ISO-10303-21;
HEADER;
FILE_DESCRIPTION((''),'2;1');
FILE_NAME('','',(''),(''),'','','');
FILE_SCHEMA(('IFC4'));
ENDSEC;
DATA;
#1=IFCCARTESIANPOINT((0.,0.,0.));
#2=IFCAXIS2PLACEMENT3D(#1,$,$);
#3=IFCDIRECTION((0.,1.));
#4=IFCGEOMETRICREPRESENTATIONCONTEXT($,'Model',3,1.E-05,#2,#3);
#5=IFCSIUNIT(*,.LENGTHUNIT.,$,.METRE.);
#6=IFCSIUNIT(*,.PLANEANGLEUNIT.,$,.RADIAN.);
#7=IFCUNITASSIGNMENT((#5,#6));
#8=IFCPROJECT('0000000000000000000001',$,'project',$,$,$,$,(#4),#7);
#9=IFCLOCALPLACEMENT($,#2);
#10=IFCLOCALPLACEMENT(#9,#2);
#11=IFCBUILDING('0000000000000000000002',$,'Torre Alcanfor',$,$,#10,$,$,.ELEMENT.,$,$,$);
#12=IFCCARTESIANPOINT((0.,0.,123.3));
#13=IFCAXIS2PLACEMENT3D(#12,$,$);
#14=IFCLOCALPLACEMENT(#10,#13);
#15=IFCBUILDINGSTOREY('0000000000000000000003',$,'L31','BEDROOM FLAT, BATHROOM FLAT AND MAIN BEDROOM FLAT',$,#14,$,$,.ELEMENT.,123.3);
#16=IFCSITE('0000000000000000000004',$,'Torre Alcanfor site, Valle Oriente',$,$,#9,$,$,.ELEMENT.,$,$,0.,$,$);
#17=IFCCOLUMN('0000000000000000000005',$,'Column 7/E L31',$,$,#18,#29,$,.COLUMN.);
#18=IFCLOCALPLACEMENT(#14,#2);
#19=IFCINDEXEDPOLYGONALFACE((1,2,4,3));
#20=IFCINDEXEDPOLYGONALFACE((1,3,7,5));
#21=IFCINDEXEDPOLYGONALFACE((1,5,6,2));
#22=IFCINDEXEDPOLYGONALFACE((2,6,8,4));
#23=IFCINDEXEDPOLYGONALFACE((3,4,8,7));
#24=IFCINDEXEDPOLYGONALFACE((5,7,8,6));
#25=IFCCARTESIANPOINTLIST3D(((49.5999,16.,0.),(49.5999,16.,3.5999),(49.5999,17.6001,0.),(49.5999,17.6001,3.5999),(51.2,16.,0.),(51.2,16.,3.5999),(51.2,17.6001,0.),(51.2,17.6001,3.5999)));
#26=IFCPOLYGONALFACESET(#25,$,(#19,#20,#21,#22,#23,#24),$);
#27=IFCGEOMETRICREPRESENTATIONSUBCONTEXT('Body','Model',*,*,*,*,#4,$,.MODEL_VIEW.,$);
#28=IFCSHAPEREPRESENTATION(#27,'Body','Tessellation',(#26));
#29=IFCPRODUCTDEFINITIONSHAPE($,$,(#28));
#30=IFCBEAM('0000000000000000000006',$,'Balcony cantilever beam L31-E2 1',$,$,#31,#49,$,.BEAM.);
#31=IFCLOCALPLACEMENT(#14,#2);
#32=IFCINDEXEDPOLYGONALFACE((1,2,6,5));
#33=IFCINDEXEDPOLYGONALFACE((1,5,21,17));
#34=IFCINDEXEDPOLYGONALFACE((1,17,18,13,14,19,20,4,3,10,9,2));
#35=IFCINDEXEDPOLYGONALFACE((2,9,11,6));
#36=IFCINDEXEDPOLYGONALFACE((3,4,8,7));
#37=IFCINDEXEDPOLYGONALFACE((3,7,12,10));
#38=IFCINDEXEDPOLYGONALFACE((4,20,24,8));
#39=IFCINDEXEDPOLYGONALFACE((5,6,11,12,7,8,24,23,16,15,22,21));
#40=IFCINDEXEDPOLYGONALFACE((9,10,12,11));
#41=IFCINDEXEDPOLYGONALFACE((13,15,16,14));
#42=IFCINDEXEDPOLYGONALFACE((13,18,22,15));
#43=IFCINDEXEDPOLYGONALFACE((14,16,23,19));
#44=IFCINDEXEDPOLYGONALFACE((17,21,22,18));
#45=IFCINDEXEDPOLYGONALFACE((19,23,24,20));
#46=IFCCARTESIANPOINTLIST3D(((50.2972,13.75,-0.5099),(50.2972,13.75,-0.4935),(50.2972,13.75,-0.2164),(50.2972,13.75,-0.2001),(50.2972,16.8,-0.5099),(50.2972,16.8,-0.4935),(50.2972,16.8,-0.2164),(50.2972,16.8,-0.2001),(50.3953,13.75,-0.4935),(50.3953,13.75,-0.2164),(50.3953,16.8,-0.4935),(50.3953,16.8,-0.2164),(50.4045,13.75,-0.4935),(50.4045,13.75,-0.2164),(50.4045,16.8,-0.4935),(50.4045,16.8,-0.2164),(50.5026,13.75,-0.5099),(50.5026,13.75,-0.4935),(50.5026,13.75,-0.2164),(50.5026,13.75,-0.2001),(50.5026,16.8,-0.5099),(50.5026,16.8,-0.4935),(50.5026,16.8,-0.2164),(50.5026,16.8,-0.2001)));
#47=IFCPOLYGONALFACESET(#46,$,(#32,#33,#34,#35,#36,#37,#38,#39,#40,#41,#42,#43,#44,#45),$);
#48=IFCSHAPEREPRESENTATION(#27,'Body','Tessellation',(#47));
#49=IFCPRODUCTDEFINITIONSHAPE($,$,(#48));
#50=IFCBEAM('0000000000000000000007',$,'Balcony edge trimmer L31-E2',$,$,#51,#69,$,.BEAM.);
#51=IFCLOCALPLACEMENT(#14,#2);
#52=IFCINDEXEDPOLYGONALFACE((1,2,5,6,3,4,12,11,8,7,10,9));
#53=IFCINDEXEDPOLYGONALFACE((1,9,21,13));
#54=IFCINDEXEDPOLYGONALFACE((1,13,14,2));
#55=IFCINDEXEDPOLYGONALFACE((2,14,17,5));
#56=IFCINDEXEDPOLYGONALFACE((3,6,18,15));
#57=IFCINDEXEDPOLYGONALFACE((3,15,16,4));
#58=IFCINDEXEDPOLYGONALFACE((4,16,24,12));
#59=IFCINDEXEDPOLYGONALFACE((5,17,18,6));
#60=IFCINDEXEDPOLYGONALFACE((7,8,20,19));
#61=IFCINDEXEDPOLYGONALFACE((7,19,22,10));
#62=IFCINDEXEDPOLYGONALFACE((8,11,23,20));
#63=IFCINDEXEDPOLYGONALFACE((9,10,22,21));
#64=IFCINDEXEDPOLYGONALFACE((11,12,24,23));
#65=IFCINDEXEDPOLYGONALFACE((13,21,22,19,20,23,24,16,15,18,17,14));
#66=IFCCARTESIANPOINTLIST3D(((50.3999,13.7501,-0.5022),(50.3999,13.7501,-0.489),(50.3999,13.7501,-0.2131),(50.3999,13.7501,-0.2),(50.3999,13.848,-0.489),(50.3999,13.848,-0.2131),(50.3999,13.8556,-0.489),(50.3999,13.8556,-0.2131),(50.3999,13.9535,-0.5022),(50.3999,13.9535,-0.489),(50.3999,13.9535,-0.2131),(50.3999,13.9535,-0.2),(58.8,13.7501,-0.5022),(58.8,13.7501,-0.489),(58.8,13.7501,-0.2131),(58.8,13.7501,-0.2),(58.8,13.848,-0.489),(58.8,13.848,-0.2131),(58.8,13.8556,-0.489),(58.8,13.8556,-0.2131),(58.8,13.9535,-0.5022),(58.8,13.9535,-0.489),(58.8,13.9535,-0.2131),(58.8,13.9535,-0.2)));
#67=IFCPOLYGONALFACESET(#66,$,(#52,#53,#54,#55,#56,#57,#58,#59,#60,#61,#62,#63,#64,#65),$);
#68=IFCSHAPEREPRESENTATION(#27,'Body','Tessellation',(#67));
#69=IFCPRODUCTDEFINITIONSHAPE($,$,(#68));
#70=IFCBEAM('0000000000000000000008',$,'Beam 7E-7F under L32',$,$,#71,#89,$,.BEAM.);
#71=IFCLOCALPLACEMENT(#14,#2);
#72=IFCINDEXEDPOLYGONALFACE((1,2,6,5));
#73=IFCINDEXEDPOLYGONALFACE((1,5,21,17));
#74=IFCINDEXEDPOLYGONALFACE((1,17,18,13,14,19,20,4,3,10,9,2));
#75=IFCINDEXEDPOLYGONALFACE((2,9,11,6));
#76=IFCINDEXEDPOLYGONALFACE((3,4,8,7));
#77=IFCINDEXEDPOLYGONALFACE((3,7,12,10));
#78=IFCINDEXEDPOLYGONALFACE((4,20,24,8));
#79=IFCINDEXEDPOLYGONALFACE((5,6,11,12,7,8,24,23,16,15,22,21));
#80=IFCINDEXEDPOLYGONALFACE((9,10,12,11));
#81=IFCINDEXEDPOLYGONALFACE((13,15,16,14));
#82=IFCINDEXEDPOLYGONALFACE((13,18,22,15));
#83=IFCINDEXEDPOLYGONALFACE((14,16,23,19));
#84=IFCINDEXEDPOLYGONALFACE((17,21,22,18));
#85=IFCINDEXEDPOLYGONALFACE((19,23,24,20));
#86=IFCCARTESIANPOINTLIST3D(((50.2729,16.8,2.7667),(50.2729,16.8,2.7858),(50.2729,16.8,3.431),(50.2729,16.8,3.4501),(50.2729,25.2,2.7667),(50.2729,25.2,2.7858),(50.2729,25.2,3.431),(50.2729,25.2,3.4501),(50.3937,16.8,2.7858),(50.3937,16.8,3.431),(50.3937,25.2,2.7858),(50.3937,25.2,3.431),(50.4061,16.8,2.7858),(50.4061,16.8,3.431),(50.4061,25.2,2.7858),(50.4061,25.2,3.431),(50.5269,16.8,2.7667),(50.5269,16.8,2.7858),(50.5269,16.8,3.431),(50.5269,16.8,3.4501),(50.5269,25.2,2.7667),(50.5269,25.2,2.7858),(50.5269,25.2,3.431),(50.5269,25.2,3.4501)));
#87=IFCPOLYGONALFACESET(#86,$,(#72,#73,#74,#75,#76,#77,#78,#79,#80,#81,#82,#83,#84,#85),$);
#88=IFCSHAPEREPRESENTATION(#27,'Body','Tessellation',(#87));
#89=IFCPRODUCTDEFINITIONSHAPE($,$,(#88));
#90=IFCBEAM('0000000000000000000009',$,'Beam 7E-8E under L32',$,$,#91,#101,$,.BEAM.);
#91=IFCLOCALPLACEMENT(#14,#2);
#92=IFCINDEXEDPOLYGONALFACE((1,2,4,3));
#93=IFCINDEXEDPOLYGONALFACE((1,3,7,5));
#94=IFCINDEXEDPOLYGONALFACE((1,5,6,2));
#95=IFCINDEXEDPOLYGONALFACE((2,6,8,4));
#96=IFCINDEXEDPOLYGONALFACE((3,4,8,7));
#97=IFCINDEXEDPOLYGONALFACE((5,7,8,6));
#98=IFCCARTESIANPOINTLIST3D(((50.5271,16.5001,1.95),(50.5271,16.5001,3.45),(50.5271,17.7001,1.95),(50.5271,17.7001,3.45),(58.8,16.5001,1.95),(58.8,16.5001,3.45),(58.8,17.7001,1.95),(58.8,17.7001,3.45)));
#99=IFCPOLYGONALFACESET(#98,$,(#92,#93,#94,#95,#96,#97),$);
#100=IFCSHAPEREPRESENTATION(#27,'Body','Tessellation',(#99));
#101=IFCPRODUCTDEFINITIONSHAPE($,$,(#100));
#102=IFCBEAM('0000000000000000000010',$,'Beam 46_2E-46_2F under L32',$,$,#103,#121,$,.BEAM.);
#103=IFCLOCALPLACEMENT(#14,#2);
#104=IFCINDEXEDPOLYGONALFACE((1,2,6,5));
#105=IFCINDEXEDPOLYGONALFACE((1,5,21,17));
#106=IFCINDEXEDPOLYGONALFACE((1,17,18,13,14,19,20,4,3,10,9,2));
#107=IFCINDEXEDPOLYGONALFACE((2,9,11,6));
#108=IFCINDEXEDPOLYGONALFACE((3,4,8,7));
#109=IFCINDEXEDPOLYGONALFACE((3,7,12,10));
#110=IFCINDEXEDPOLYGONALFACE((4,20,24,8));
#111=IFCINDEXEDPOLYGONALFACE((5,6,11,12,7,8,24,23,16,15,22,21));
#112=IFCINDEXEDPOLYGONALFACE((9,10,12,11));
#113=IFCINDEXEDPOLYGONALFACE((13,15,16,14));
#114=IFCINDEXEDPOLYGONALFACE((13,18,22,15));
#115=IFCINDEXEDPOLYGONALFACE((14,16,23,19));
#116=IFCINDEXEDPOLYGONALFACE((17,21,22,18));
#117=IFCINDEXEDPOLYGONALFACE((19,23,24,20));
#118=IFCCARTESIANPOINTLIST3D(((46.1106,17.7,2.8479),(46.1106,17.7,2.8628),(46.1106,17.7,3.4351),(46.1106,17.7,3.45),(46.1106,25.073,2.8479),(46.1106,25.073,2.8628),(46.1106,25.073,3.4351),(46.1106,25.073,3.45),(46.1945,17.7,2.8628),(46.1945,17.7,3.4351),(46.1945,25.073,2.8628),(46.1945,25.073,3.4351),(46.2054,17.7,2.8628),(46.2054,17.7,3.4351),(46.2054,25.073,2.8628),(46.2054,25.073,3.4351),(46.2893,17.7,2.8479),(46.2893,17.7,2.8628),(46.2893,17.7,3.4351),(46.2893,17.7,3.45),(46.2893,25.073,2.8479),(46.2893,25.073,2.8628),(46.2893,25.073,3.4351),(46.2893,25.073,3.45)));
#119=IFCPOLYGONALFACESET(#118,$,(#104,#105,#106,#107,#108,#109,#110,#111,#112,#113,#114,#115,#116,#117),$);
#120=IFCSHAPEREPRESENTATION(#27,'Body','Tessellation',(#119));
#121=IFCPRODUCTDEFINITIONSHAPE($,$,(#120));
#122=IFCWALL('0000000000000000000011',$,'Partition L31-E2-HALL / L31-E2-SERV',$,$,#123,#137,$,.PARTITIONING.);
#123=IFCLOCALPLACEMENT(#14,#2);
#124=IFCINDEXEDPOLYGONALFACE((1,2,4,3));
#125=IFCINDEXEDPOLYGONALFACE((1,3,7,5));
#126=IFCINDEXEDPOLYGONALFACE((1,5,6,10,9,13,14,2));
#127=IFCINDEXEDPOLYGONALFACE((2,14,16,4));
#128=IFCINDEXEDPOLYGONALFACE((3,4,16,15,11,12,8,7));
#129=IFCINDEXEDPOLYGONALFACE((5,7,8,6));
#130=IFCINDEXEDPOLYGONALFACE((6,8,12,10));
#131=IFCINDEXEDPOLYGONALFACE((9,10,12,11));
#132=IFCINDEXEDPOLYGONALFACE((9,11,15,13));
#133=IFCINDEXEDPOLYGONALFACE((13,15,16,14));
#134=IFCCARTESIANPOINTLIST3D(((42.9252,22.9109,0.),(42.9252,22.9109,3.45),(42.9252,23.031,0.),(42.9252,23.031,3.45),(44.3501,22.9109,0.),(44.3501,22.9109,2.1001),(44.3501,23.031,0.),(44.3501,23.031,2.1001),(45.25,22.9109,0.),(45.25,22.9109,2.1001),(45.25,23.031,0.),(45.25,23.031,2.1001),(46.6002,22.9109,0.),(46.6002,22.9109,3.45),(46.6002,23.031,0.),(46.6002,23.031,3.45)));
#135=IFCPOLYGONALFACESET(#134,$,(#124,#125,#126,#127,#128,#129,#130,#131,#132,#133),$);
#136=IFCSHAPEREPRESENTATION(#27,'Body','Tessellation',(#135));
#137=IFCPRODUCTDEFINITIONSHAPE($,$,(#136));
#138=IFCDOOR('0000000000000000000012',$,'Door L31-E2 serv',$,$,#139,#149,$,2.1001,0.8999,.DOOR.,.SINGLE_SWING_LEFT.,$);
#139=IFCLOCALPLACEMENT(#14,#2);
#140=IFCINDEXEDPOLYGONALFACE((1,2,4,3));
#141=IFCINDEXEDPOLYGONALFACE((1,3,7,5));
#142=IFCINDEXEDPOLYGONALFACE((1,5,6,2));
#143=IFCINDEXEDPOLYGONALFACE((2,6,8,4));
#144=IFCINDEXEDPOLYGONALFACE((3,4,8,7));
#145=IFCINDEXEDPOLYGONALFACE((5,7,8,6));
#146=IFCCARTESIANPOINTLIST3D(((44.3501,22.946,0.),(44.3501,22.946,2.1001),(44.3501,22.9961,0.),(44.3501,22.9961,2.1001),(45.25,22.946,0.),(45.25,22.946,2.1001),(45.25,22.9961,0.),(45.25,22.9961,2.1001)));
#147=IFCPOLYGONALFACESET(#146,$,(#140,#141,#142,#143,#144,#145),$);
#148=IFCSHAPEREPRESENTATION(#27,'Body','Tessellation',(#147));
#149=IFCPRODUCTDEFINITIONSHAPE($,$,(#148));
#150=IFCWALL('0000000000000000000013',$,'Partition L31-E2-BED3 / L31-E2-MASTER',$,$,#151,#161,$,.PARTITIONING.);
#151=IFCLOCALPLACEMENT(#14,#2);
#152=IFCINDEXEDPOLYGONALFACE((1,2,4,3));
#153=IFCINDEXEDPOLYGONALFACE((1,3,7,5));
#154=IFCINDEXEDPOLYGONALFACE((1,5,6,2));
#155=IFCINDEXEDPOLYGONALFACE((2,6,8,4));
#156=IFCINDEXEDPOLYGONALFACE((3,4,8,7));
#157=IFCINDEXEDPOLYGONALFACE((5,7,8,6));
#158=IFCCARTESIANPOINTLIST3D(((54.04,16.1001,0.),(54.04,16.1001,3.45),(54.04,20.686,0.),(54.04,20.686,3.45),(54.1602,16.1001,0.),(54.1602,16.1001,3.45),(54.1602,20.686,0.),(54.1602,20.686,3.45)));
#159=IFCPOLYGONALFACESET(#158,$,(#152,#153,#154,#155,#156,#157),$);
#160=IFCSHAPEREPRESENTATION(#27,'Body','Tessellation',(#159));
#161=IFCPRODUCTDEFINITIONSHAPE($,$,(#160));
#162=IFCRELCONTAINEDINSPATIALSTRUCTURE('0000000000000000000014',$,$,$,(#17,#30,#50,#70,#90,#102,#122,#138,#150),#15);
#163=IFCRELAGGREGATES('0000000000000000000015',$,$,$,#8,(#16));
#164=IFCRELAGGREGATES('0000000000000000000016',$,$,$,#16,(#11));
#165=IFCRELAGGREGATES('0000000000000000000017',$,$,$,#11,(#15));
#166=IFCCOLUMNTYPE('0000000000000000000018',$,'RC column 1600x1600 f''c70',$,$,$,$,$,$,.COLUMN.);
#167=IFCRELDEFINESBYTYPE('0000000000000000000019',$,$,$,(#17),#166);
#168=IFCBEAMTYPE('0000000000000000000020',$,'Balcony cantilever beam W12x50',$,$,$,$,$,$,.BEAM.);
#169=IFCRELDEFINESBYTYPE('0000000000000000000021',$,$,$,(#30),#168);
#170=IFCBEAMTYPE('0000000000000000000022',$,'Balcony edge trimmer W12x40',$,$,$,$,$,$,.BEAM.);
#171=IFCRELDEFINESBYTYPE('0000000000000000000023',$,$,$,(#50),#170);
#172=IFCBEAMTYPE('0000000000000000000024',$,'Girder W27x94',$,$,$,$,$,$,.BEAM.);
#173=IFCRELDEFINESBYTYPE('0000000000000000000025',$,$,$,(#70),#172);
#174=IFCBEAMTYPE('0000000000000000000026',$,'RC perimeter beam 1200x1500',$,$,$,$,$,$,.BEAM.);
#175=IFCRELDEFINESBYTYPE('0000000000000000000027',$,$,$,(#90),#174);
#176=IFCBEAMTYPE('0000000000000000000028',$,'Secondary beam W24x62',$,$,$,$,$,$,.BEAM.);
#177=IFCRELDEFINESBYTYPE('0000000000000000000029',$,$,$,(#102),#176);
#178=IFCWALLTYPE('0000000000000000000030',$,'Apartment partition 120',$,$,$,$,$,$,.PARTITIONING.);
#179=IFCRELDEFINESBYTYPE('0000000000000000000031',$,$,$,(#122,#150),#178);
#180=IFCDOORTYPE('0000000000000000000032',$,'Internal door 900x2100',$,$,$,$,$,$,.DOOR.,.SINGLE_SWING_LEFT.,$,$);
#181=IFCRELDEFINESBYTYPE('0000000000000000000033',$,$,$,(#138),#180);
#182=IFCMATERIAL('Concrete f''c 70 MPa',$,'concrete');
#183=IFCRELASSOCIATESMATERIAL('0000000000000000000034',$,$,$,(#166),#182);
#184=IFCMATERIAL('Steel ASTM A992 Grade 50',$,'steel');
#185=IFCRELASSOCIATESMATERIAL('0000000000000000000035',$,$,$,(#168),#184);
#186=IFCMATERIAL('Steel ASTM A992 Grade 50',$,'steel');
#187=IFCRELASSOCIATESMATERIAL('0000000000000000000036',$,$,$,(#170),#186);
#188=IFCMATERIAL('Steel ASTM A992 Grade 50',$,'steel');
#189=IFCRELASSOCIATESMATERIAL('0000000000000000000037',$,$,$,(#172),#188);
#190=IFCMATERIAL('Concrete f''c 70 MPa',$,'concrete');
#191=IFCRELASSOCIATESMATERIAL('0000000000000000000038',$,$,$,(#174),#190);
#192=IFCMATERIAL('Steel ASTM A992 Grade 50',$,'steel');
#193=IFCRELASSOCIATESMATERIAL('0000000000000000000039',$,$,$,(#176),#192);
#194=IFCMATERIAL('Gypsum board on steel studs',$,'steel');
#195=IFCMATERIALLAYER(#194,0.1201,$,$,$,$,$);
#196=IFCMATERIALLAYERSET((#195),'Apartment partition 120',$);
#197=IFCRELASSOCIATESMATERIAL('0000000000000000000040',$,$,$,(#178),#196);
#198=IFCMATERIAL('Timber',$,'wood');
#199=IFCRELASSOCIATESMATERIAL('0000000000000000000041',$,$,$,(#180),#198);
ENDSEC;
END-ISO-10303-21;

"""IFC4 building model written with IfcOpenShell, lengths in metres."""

from ifc_helpers import new_model, si_unit, direction, frame, frame_2d, origin, origin_2d, place, context, subcontext, project, spatial, rectangle, i_section, extrude, material, layer, layer_set, material_profile, profile_set, type_object, element, fill, save


model = new_model("IFC4")

# Units and contexts
model_context = context("Model", 3, precision=1e-05, world=origin(), true_north=direction((0.0, 1.0)))
body_context = subcontext(model_context, "Body", "Model", "MODEL_VIEW")
ifc_project = project(units=[si_unit("LENGTHUNIT", "METRE"), si_unit("PLANEANGLEUNIT", "RADIAN")], contexts=[model_context])

# Site, building, storey
site_placement = place(None, origin())
site = spatial("IfcSite", under=ifc_project, at=site_placement, Name="Torre Alcanfor site, Valle Oriente", CompositionType="ELEMENT", RefElevation=0.0)
building_placement = place(site_placement, origin())
building = spatial("IfcBuilding", under=site, at=building_placement, Name="Torre Alcanfor", CompositionType="ELEMENT")
storey_placement = place(building_placement, frame((0.0, 0.0, 123.3)))
storey = spatial("IfcBuildingStorey", under=building, at=storey_placement, Name="L31", Description="BEDROOM FLAT, BATHROOM FLAT AND MAIN BEDROOM FLAT", CompositionType="ELEMENT", Elevation=123.3)

# Column
ifc_material_1 = material(Name="Concrete f'c 70 MPa", Category="concrete")
ifc_material_profile_1 = material_profile(ifc_material_1, rectangle(XDim=1.6001, YDim=1.6001, at=origin_2d()), Name="1600x1600")
ifc_profile_set_1 = profile_set([ifc_material_profile_1], Name="Concrete f'c 70 MPa")
column_type = type_object("IfcColumnType", Name="RC column 1600x1600 f'c70", PredefinedType="COLUMN", material=ifc_profile_set_1)
column_placement = place(storey_placement, frame((50.3999, 16.8, 0.0), z_axis=(0.0, 0.0, 1.0), x_axis=(1.0, 0.0, 0.0)))
element("IfcColumn", 1, at=column_placement, inside=storey, type_object=column_type, Name="Column 7/E L31", PredefinedType="COLUMN", context=body_context, shape_type="SweptSolid", body=[
    extrude(rectangle(XDim=1.6001, YDim=1.6001, at=origin_2d()), origin(), (0.0, 0.0, 1.0), 3.5999),
])

# Beams
ifc_material_2 = material(Name="Steel ASTM A992 Grade 50", Category="steel")
ifc_material_profile_2 = material_profile(ifc_material_2, i_section(OverallWidth=0.2053, OverallDepth=0.3098, WebThickness=0.0093, FlangeThickness=0.0164, at=origin_2d()), Name="W12x50")
ifc_profile_set_2 = profile_set([ifc_material_profile_2], Name="Steel ASTM A992 Grade 50")
beam_type_1 = type_object("IfcBeamType", Name="Balcony cantilever beam W12x50", PredefinedType="BEAM", material=ifc_profile_set_2)
beam_1_placement = place(storey_placement, frame((50.3999, 16.8, -0.355), z_axis=(0.0, -1.0, 0.0), x_axis=(1.0, 0.0, 0.0)))
element("IfcBeam", 2, at=beam_1_placement, inside=storey, type_object=beam_type_1, Name="Balcony cantilever beam L31-E2 1", PredefinedType="BEAM", context=body_context, shape_type="SweptSolid", body=[
    extrude(i_section(OverallWidth=0.2053, OverallDepth=0.3098, WebThickness=0.0093, FlangeThickness=0.0164, at=origin_2d()), origin(), (0.0, 0.0, 1.0), 3.05),
])
ifc_material_3 = material(Name="Steel ASTM A992 Grade 50", Category="steel")
ifc_material_profile_3 = material_profile(ifc_material_3, i_section(OverallWidth=0.2034, OverallDepth=0.3022, WebThickness=0.0076, FlangeThickness=0.0132, at=origin_2d()), Name="W12x40")
ifc_profile_set_3 = profile_set([ifc_material_profile_3], Name="Steel ASTM A992 Grade 50")
beam_type_2 = type_object("IfcBeamType", Name="Balcony edge trimmer W12x40", PredefinedType="BEAM", material=ifc_profile_set_3)
beam_2_placement = place(storey_placement, frame((50.3999, 13.8518, -0.3511), z_axis=(1.0, 0.0, 0.0), x_axis=(0.0, 1.0, 0.0)))
element("IfcBeam", 3, at=beam_2_placement, inside=storey, type_object=beam_type_2, Name="Balcony edge trimmer L31-E2", PredefinedType="BEAM", context=body_context, shape_type="SweptSolid", body=[
    extrude(i_section(OverallWidth=0.2034, OverallDepth=0.3022, WebThickness=0.0076, FlangeThickness=0.0132, at=origin_2d()), origin(), (0.0, 0.0, 1.0), 8.4001),
])
ifc_material_4 = material(Name="Steel ASTM A992 Grade 50", Category="steel")
ifc_material_profile_4 = material_profile(ifc_material_4, i_section(OverallWidth=0.2539, OverallDepth=0.6833, WebThickness=0.0125, FlangeThickness=0.019, at=origin_2d()), Name="W27x94")
ifc_profile_set_4 = profile_set([ifc_material_profile_4], Name="Steel ASTM A992 Grade 50")
beam_type_3 = type_object("IfcBeamType", Name="Girder W27x94", PredefinedType="BEAM", material=ifc_profile_set_4)
beam_3_placement = place(storey_placement, frame((50.3999, 16.8, 3.1084), z_axis=(0.0, 1.0, 0.0), x_axis=(-1.0, 0.0, 0.0)))
element("IfcBeam", 4, at=beam_3_placement, inside=storey, type_object=beam_type_3, Name="Beam 7E-7F under L32", PredefinedType="BEAM", context=body_context, shape_type="SweptSolid", body=[
    extrude(i_section(OverallWidth=0.2539, OverallDepth=0.6833, WebThickness=0.0125, FlangeThickness=0.019, at=origin_2d()), origin(), (0.0, 0.0, 1.0), 8.3999),
])
ifc_material_5 = material(Name="Concrete f'c 70 MPa", Category="concrete")
ifc_material_profile_5 = material_profile(ifc_material_5, rectangle(XDim=1.2, YDim=1.5, at=origin_2d()), Name="1200x1500")
ifc_profile_set_5 = profile_set([ifc_material_profile_5], Name="Concrete f'c 70 MPa")
beam_type_4 = type_object("IfcBeamType", Name="RC perimeter beam 1200x1500", PredefinedType="BEAM", material=ifc_profile_set_5)
beam_4_placement = place(storey_placement, frame((50.5271, 17.1001, 2.7), z_axis=(1.0, 0.0, 0.0), x_axis=(0.0, 1.0, 0.0)))
element("IfcBeam", 5, at=beam_4_placement, inside=storey, type_object=beam_type_4, Name="Beam 7E-8E under L32", PredefinedType="BEAM", context=body_context, shape_type="SweptSolid", body=[
    extrude(rectangle(XDim=1.2, YDim=1.5, at=origin_2d()), origin(), (0.0, 0.0, 1.0), 8.2729),
])
ifc_material_6 = material(Name="Steel ASTM A992 Grade 50", Category="steel")
ifc_material_profile_6 = material_profile(ifc_material_6, i_section(OverallWidth=0.1787, OverallDepth=0.6021, WebThickness=0.011, FlangeThickness=0.0149, at=origin_2d()), Name="W24x62")
ifc_profile_set_6 = profile_set([ifc_material_profile_6], Name="Steel ASTM A992 Grade 50")
beam_type_5 = type_object("IfcBeamType", Name="Secondary beam W24x62", PredefinedType="BEAM", material=ifc_profile_set_6)
beam_5_placement = place(storey_placement, frame((46.2, 17.7, 3.1489), z_axis=(0.0, 1.0, 0.0), x_axis=(-1.0, 0.0, 0.0)))
element("IfcBeam", 6, at=beam_5_placement, inside=storey, type_object=beam_type_5, Name="Beam 46_2E-46_2F under L32", PredefinedType="BEAM", context=body_context, shape_type="SweptSolid", body=[
    extrude(i_section(OverallWidth=0.1787, OverallDepth=0.6021, WebThickness=0.011, FlangeThickness=0.0149, at=origin_2d()), origin(), (0.0, 0.0, 1.0), 7.373),
])

# Wall, opening, door
ifc_material_7 = material(Name="Gypsum board on steel studs", Category="steel")
ifc_layer_1 = layer(ifc_material_7, 0.1201)
ifc_layer_set_1 = layer_set([ifc_layer_1], Name="Apartment partition 120")
wall_type_1 = type_object("IfcWallType", Name="Apartment partition 120", PredefinedType="PARTITIONING", material=ifc_layer_set_1)
wall_1_placement = place(storey_placement, frame((46.6001, 22.9709, 0.0), z_axis=(0.0, 0.0, 1.0), x_axis=(-1.0, 0.0, 0.0)))
wall_1 = element("IfcWall", 7, at=wall_1_placement, inside=storey, type_object=wall_type_1, Name="Partition L31-E2-HALL / L31-E2-SERV", PredefinedType="PARTITIONING", context=body_context, shape_type="SweptSolid", body=[
    extrude(rectangle(XDim=3.675, YDim=0.1201, at=frame_2d((1.8374, 0.0))), origin(), (0.0, 0.0, 1.0), 3.45),
])
opening_1_placement = place(wall_1_placement, frame((1.3501, 0.0, 0.0)))
opening_1 = element("IfcOpeningElement", 8, at=opening_1_placement, cuts=wall_1, PredefinedType="OPENING", context=body_context, shape_type="SweptSolid", body=[
    extrude(rectangle(XDim=0.8999, YDim=2.1001, at=frame_2d((0.45, 1.05))), frame((0.0, 0.0701, 0.0), z_axis=(0.0, -1.0, 0.0), x_axis=(1.0, 0.0, 0.0)), (0.0, 0.0, 1.0), 0.1401),
])
ifc_material_8 = material(Name="Timber", Category="wood")
door_type_1 = type_object("IfcDoorType", Name="Internal door 900x2100", OperationType="SINGLE_SWING_LEFT", PredefinedType="DOOR", material=ifc_material_8)
door_1_placement = place(opening_1_placement, origin())
door_1 = element("IfcDoor", 9, at=door_1_placement, inside=storey, type_object=door_type_1, Name="Door L31-E2 serv", OperationType="SINGLE_SWING_LEFT", OverallHeight=2.1001, OverallWidth=0.8999, PredefinedType="DOOR", context=body_context, shape_type="SweptSolid", body=[
    extrude(rectangle(XDim=0.8999, YDim=2.1001, at=frame_2d((0.45, 1.05))), frame((0.0, 0.0249, 0.0), z_axis=(0.0, -1.0, 0.0), x_axis=(1.0, 0.0, 0.0)), (0.0, 0.0, 1.0), 0.05),
])
fill(opening_1, door_1)

# Wall
wall_2_placement = place(storey_placement, frame((54.1001, 20.686, 0.0), z_axis=(0.0, 0.0, 1.0), x_axis=(0.0, -1.0, 0.0)))
element("IfcWall", 10, at=wall_2_placement, inside=storey, type_object=wall_type_1, Name="Partition L31-E2-BED3 / L31-E2-MASTER", PredefinedType="PARTITIONING", context=body_context, shape_type="SweptSolid", body=[
    extrude(rectangle(XDim=4.5859, YDim=0.1201, at=frame_2d((2.293, 0.0))), origin(), (0.0, 0.0, 1.0), 3.45),
])

save(model, "model.ifc")
